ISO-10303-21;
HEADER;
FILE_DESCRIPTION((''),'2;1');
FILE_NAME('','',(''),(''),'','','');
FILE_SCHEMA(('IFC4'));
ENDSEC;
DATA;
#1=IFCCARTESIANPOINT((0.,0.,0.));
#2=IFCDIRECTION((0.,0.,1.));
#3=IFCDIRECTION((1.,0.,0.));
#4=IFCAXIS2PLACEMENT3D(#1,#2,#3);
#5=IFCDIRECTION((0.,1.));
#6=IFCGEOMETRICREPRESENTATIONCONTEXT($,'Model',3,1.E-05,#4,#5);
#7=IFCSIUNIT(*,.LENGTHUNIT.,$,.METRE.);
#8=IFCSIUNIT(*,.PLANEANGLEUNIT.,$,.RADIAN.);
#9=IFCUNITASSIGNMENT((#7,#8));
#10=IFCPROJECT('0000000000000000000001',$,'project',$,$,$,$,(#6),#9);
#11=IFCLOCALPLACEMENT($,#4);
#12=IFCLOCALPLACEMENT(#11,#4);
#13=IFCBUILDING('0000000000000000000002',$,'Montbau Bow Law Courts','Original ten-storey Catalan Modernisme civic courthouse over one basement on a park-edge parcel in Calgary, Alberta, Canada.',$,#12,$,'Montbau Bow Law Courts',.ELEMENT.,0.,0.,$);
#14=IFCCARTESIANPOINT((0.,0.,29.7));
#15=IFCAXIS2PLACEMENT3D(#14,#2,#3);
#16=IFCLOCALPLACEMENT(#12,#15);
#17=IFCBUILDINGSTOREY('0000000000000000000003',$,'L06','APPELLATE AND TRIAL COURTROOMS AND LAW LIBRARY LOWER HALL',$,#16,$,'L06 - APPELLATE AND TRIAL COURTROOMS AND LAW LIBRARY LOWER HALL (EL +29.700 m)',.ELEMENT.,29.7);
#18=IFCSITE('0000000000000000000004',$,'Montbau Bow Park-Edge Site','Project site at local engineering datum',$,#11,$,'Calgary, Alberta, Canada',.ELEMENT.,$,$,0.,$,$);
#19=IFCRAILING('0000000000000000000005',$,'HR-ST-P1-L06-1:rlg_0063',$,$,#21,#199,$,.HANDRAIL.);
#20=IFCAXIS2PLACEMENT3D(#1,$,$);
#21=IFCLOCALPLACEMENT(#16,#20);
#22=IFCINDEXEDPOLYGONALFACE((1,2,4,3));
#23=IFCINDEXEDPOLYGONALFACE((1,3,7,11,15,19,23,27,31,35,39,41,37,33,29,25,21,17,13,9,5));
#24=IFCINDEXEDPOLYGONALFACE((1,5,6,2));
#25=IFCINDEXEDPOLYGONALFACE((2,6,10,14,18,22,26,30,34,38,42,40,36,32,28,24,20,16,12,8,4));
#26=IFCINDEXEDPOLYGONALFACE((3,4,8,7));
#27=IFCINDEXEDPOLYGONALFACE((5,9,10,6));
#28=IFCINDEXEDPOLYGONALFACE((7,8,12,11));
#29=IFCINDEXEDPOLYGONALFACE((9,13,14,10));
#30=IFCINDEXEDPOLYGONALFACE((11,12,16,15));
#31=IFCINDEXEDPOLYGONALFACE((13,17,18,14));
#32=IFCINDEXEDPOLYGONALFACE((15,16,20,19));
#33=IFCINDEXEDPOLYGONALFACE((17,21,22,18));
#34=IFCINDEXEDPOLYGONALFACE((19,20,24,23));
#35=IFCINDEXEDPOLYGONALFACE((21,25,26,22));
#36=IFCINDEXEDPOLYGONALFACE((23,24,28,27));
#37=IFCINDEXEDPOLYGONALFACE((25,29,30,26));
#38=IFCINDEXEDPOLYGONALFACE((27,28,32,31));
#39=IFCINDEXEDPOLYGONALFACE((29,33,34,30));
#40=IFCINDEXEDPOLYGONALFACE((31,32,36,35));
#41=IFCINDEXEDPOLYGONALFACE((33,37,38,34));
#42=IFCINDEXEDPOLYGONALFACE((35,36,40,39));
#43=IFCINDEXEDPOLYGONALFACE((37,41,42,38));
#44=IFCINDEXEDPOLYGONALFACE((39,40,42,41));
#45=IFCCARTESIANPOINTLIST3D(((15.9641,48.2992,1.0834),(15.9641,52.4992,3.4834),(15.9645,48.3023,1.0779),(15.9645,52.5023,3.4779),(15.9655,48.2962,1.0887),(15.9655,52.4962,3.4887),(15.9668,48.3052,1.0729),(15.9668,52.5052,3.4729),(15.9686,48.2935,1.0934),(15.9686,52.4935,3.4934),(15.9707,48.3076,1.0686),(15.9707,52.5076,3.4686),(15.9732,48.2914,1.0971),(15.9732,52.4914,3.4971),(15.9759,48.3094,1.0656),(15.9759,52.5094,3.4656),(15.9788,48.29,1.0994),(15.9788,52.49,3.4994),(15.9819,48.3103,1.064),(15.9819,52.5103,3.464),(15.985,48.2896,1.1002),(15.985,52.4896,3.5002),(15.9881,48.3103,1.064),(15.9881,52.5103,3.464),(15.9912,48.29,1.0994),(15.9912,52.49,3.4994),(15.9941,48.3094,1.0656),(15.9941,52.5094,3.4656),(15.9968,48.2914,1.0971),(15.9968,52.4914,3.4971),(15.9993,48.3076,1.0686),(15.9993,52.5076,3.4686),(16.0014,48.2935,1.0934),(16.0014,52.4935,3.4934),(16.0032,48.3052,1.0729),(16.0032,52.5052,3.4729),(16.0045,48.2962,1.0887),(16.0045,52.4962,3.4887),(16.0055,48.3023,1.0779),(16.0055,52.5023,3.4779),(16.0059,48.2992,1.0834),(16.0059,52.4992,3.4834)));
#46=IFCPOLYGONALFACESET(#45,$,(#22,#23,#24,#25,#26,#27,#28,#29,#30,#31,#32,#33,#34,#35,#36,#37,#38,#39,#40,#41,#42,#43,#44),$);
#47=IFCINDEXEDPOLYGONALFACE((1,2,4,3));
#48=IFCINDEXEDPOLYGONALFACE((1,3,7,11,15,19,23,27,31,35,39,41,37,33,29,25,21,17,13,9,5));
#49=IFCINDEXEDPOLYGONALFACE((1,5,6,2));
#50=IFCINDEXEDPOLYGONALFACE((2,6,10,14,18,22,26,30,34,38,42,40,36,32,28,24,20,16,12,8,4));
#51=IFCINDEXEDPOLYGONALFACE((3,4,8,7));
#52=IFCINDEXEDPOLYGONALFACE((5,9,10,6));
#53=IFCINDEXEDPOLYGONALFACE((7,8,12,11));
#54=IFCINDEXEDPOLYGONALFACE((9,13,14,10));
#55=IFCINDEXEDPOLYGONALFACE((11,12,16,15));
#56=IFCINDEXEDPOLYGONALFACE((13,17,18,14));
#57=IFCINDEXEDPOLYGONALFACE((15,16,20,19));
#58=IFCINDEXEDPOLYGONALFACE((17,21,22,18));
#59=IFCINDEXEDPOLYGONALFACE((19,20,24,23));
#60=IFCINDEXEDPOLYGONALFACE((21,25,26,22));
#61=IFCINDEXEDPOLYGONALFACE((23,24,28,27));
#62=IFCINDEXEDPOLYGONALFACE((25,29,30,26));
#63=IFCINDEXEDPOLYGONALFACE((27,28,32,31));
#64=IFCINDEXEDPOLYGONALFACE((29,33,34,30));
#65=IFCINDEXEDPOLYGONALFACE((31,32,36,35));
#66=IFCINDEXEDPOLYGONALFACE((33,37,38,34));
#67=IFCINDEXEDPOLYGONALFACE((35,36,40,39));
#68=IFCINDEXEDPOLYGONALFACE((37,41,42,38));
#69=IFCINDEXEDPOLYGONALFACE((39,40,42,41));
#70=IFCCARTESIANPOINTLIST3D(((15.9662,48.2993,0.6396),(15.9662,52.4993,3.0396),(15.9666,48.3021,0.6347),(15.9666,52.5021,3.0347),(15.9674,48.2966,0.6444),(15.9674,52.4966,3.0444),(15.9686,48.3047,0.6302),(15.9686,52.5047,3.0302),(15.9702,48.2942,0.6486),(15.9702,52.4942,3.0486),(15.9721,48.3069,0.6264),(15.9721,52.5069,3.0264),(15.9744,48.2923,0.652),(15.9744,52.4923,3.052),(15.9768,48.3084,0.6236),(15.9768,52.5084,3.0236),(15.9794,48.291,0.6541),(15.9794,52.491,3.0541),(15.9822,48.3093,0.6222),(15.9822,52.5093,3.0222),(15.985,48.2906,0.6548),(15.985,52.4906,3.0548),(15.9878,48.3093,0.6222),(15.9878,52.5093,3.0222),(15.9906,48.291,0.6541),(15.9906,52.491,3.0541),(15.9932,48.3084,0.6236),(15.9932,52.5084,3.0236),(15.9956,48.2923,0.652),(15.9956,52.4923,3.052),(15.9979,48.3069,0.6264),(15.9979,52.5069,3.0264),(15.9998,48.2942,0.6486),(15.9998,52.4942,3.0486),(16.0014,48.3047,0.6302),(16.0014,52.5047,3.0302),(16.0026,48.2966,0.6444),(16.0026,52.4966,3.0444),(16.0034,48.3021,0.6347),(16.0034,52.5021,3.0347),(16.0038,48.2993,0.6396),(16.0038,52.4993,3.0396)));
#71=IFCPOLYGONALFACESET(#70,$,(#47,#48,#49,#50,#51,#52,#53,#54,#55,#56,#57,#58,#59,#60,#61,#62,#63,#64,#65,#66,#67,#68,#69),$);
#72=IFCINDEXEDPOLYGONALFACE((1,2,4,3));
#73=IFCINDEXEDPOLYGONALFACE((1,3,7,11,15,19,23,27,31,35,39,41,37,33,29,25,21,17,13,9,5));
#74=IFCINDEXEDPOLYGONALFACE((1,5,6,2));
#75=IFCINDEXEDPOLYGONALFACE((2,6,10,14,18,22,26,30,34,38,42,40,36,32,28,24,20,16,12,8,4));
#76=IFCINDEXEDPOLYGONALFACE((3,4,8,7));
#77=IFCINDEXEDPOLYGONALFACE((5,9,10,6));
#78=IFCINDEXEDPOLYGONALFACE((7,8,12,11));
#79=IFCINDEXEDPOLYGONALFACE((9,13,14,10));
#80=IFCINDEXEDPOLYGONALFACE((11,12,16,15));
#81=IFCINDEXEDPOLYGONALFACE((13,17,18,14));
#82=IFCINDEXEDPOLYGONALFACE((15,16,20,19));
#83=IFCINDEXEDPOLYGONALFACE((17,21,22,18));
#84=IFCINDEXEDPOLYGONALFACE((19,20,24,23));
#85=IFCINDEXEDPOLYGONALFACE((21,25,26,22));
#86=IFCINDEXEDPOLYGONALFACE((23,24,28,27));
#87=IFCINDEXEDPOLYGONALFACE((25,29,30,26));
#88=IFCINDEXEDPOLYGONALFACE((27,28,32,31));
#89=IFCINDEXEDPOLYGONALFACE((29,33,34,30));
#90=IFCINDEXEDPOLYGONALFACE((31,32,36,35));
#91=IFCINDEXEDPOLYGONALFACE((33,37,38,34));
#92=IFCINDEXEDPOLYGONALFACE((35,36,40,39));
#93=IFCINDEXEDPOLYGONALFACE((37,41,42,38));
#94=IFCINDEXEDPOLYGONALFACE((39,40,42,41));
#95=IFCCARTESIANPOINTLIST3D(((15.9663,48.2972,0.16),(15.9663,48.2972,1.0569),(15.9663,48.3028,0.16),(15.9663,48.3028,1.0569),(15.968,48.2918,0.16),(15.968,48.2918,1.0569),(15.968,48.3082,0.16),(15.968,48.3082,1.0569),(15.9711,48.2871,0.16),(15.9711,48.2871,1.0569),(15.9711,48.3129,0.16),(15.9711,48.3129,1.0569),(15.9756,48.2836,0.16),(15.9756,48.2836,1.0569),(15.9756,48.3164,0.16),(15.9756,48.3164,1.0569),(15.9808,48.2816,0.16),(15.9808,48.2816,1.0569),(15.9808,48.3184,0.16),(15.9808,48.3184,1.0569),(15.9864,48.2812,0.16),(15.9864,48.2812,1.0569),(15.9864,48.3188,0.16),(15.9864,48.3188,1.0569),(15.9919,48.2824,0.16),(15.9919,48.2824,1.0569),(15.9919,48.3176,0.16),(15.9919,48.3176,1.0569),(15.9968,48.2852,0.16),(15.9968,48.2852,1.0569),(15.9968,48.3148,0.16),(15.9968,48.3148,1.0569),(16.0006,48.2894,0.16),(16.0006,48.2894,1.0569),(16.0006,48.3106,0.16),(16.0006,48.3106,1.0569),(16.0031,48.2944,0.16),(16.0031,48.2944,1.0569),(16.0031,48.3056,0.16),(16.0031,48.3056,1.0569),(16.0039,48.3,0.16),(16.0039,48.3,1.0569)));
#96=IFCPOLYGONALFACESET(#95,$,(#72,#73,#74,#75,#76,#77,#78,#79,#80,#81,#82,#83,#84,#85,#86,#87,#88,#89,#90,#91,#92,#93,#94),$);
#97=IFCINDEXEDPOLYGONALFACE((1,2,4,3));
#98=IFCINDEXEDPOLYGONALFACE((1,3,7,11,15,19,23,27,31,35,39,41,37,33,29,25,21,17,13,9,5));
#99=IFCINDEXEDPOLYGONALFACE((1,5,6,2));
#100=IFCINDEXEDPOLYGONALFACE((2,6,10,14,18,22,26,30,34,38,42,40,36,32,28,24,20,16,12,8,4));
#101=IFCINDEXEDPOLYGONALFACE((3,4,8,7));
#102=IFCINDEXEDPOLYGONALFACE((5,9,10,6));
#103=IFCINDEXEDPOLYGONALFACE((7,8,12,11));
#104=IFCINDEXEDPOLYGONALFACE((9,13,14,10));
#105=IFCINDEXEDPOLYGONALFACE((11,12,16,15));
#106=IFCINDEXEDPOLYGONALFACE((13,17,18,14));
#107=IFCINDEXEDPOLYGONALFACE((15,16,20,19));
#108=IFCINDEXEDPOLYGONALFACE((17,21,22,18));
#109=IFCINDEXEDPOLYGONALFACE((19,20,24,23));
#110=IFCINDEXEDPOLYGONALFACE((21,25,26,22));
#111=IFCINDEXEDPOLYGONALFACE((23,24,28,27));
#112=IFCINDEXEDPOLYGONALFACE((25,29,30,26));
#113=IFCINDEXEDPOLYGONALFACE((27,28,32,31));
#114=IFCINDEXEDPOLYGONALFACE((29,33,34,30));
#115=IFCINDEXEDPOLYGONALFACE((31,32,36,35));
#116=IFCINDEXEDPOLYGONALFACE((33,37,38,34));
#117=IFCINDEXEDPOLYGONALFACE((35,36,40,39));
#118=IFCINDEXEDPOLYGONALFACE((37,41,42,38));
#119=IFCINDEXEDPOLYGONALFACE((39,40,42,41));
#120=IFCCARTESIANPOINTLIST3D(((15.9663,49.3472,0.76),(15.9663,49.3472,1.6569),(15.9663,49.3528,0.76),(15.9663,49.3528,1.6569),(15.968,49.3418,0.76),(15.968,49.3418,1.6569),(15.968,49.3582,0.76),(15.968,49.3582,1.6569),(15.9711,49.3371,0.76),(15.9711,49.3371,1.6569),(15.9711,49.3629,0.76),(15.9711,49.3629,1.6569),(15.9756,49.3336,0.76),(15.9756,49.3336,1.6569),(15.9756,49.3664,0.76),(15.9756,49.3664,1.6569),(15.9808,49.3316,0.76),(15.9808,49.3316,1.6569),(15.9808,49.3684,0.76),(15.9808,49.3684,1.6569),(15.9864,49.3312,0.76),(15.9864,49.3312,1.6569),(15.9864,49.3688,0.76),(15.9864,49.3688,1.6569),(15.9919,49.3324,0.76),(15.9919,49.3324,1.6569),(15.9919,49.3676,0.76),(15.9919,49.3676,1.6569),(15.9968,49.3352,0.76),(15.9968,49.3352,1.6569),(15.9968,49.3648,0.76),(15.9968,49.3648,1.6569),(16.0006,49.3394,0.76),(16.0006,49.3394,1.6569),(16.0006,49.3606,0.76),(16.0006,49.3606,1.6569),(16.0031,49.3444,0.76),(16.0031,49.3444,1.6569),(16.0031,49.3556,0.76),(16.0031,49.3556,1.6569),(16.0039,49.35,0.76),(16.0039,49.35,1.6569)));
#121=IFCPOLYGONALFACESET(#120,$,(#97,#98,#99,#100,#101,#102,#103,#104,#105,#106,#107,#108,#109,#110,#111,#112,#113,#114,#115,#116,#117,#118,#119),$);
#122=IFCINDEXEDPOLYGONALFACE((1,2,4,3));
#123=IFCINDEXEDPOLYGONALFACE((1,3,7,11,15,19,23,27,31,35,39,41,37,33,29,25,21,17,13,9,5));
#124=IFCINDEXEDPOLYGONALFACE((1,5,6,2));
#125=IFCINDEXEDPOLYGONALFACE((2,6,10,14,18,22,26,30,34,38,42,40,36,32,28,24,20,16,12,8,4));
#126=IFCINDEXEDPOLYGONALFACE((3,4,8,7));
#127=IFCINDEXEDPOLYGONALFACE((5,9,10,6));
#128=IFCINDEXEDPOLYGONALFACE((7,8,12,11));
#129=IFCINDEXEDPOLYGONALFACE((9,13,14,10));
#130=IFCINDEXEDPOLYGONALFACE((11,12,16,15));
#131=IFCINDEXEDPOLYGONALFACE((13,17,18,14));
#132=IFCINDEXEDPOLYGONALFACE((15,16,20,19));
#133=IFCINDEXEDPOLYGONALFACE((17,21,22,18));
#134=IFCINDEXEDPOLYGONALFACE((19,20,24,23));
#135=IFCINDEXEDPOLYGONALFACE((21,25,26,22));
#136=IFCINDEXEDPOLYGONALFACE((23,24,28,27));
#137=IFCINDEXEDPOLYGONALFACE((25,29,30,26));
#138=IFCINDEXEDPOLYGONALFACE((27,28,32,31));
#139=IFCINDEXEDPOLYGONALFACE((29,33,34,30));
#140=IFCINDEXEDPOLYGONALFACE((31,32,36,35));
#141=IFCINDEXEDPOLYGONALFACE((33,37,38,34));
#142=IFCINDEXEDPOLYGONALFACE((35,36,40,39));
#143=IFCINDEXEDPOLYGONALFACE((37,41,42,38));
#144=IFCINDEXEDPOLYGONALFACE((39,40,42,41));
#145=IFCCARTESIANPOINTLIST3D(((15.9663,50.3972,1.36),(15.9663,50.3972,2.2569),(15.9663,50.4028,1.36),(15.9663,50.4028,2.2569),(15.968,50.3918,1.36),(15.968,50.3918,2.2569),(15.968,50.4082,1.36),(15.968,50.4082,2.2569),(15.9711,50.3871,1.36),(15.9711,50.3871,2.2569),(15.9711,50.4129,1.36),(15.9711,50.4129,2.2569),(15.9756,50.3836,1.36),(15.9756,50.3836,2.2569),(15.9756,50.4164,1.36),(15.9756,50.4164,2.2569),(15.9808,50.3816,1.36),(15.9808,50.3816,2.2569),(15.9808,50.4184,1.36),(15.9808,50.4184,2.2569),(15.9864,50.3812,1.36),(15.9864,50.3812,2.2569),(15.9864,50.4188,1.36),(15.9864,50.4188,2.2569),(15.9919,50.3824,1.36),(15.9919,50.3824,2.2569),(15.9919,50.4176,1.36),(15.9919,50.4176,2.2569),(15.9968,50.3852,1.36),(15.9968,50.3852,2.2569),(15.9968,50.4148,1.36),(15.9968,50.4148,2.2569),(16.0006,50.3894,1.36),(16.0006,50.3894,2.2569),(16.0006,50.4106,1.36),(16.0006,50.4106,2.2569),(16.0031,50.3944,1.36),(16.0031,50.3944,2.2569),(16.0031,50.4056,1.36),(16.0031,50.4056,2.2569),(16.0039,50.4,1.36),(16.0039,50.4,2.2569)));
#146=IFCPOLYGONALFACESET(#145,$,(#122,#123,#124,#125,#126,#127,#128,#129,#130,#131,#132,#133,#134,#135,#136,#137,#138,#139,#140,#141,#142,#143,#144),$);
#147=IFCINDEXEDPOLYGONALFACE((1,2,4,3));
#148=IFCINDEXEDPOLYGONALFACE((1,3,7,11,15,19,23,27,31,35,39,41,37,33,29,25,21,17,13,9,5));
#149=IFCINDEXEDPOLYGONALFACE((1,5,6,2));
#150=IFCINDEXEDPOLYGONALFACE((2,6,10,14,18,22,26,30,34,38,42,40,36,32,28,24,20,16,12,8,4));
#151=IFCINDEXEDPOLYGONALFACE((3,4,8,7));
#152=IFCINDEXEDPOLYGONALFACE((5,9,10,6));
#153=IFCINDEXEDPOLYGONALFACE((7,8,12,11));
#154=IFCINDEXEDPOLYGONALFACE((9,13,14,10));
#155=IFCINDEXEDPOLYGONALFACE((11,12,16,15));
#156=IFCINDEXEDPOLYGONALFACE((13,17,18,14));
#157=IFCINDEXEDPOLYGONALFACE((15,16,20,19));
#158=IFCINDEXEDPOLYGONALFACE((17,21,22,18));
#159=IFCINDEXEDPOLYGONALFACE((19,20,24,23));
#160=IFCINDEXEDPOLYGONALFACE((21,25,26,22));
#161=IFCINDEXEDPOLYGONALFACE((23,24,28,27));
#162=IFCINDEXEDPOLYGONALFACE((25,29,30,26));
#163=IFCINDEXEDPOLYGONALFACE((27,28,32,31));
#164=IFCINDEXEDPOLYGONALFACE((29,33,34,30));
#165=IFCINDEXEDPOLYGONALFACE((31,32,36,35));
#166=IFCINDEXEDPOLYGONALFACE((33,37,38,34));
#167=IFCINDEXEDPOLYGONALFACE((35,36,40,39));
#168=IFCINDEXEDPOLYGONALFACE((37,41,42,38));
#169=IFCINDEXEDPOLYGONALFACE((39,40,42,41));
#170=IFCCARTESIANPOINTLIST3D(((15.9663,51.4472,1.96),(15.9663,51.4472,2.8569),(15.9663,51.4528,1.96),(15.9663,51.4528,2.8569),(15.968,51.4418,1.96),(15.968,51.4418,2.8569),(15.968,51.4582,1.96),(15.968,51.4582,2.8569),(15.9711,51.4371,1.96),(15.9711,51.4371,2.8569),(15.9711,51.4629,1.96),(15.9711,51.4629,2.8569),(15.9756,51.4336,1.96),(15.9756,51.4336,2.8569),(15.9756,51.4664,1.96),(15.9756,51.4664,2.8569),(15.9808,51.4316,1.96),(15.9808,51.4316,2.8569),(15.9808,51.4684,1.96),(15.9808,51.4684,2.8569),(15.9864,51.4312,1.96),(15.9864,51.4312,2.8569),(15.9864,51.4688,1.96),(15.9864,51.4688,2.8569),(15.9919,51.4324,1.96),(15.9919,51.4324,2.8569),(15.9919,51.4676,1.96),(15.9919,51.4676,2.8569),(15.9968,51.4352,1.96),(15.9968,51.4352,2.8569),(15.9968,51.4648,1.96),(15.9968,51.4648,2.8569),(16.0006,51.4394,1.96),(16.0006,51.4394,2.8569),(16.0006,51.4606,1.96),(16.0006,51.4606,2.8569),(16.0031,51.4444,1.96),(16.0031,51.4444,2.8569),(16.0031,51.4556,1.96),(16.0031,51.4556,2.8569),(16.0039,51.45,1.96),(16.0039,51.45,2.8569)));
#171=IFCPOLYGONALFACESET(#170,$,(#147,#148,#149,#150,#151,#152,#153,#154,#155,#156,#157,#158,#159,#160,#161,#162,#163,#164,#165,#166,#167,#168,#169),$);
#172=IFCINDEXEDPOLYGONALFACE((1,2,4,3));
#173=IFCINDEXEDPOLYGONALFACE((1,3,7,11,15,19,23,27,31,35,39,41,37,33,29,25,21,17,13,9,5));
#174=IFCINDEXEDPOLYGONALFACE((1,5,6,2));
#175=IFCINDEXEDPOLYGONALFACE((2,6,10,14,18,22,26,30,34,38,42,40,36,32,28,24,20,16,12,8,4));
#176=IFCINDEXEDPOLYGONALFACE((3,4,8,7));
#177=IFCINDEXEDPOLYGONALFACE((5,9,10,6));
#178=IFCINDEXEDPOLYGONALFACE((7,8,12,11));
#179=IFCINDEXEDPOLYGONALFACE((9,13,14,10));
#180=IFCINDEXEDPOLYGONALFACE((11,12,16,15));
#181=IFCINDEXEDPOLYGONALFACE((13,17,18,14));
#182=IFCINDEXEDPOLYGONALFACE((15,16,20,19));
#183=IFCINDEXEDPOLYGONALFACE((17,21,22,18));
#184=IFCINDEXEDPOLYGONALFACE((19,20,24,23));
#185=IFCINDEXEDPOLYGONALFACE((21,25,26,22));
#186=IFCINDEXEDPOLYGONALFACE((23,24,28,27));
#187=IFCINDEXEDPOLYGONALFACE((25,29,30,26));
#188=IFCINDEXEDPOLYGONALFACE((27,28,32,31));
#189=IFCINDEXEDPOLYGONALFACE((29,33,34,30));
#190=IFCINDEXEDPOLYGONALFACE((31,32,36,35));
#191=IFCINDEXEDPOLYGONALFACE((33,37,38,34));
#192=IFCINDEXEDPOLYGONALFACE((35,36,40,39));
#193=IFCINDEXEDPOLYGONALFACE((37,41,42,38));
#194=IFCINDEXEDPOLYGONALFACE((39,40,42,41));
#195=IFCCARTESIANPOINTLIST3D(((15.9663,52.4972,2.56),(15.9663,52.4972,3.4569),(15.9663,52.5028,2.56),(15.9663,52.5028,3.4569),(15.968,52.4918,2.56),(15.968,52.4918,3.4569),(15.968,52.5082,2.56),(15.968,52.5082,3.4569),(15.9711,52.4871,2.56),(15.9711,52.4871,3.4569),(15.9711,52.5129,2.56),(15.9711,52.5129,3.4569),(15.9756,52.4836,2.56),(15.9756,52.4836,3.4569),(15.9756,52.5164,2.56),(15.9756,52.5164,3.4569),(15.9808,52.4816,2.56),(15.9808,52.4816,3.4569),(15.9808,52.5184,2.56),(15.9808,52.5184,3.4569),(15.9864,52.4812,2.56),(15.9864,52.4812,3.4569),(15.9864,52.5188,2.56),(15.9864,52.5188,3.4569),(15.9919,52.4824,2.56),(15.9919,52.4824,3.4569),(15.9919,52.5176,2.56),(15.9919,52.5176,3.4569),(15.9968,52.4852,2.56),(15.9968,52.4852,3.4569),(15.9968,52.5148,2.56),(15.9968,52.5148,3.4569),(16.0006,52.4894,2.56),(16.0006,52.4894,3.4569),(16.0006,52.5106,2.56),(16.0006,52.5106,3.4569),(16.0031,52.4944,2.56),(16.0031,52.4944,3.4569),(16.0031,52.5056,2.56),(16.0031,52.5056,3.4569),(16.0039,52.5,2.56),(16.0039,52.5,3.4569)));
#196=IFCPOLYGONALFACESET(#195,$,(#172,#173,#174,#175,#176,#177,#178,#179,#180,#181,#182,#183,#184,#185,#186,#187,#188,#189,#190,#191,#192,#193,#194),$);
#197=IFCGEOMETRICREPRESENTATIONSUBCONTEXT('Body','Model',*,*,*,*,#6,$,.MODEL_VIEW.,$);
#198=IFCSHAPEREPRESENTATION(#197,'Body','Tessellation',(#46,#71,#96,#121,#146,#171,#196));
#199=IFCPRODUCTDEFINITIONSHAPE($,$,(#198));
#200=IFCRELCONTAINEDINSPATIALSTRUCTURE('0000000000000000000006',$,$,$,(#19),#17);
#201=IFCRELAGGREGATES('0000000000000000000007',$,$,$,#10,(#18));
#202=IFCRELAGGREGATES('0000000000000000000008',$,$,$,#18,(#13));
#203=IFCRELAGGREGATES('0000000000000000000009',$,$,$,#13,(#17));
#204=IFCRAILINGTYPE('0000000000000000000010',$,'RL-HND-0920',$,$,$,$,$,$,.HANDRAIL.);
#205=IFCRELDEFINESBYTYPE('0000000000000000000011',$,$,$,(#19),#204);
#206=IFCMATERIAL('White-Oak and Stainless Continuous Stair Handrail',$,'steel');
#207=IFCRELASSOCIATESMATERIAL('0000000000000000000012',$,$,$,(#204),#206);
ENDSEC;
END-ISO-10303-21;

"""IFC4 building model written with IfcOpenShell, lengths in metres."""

from ifc_helpers import new_model, si_unit, direction, frame, origin_with_axes, origin_2d_with_axis, place, context, subcontext, project, spatial, circle, extrude, material, type_object, element, save


model = new_model("IFC4")

# Units and contexts
model_context = context("Model", 3, precision=1e-05, world=origin_with_axes(), true_north=direction((0.0, 1.0)))
body_context = subcontext(model_context, "Body", "Model", "MODEL_VIEW")
ifc_project = project(units=[si_unit("LENGTHUNIT", "METRE"), si_unit("PLANEANGLEUNIT", "RADIAN")], contexts=[model_context])

# Site, building, storey
site_placement = place(None, origin_with_axes())
site = spatial("IfcSite", under=ifc_project, at=site_placement, Name="Montbau Bow Park-Edge Site", Description="Project site at local engineering datum", LongName="Calgary, Alberta, Canada", CompositionType="ELEMENT", RefElevation=0.0)
building_placement = place(site_placement, origin_with_axes())
building = spatial("IfcBuilding", under=site, at=building_placement, Name="Montbau Bow Law Courts", Description="Original ten-storey Catalan Modernisme civic courthouse over one basement on a park-edge parcel in Calgary, Alberta, Canada.", LongName="Montbau Bow Law Courts", CompositionType="ELEMENT", ElevationOfRefHeight=0.0, ElevationOfTerrain=0.0)
storey_placement = place(building_placement, frame((0.0, 0.0, 29.7), z_axis=(0.0, 0.0, 1.0), x_axis=(1.0, 0.0, 0.0)))
storey = spatial("IfcBuildingStorey", under=building, at=storey_placement, Name="L06", Description="APPELLATE AND TRIAL COURTROOMS AND LAW LIBRARY LOWER HALL", LongName="L06 - APPELLATE AND TRIAL COURTROOMS AND LAW LIBRARY LOWER HALL (EL +29.700 m)", CompositionType="ELEMENT", Elevation=29.7)

# Railing
ifc_material_1 = material(Name="White-Oak and Stainless Continuous Stair Handrail", Category="steel")
railing_type_1 = type_object("IfcRailingType", Name="RL-HND-0920", PredefinedType="HANDRAIL", material=ifc_material_1)
railing_1_placement = place(None, origin_with_axes())
element("IfcRailing", 1, at=railing_1_placement, inside=storey, type_object=railing_type_1, Name="HR-ST-P1-L06-1:rlg_0063", PredefinedType="HANDRAIL", context=body_context, shape_type="SweptSolid", body=[
    extrude(circle(Radius=0.021, at=origin_2d_with_axis()), frame((15.985, 48.3, 30.782), z_axis=(0.0, 0.868243, 0.496139), x_axis=(0.0, -0.496139, 0.868243)), (0.0, 0.0, 1.0), 4.8374),
    extrude(circle(Radius=0.0189, at=origin_2d_with_axis()), frame((15.985, 48.3, 30.3384), z_axis=(0.0, 0.868243, 0.496139), x_axis=(0.0, -0.496139, 0.868243)), (0.0, 0.0, 1.0), 4.8374),
    extrude(circle(Radius=0.0189, at=origin_2d_with_axis()), frame((15.985, 48.3, 29.86), z_axis=(0.0, 0.0, 1.0), x_axis=(1.0, 0.0, 0.0)), (0.0, 0.0, 1.0), 0.8969),
    extrude(circle(Radius=0.0189, at=origin_2d_with_axis()), frame((15.985, 49.35, 30.46), z_axis=(0.0, 0.0, 1.0), x_axis=(1.0, 0.0, 0.0)), (0.0, 0.0, 1.0), 0.8969),
    extrude(circle(Radius=0.0189, at=origin_2d_with_axis()), frame((15.985, 50.4, 31.06), z_axis=(0.0, 0.0, 1.0), x_axis=(1.0, 0.0, 0.0)), (0.0, 0.0, 1.0), 0.8969),
    extrude(circle(Radius=0.0189, at=origin_2d_with_axis()), frame((15.985, 51.45, 31.66), z_axis=(0.0, 0.0, 1.0), x_axis=(1.0, 0.0, 0.0)), (0.0, 0.0, 1.0), 0.8969),
    extrude(circle(Radius=0.0189, at=origin_2d_with_axis()), frame((15.985, 52.5, 32.26), z_axis=(0.0, 0.0, 1.0), x_axis=(1.0, 0.0, 0.0)), (0.0, 0.0, 1.0), 0.8969),
])

save(model, "model.ifc")
